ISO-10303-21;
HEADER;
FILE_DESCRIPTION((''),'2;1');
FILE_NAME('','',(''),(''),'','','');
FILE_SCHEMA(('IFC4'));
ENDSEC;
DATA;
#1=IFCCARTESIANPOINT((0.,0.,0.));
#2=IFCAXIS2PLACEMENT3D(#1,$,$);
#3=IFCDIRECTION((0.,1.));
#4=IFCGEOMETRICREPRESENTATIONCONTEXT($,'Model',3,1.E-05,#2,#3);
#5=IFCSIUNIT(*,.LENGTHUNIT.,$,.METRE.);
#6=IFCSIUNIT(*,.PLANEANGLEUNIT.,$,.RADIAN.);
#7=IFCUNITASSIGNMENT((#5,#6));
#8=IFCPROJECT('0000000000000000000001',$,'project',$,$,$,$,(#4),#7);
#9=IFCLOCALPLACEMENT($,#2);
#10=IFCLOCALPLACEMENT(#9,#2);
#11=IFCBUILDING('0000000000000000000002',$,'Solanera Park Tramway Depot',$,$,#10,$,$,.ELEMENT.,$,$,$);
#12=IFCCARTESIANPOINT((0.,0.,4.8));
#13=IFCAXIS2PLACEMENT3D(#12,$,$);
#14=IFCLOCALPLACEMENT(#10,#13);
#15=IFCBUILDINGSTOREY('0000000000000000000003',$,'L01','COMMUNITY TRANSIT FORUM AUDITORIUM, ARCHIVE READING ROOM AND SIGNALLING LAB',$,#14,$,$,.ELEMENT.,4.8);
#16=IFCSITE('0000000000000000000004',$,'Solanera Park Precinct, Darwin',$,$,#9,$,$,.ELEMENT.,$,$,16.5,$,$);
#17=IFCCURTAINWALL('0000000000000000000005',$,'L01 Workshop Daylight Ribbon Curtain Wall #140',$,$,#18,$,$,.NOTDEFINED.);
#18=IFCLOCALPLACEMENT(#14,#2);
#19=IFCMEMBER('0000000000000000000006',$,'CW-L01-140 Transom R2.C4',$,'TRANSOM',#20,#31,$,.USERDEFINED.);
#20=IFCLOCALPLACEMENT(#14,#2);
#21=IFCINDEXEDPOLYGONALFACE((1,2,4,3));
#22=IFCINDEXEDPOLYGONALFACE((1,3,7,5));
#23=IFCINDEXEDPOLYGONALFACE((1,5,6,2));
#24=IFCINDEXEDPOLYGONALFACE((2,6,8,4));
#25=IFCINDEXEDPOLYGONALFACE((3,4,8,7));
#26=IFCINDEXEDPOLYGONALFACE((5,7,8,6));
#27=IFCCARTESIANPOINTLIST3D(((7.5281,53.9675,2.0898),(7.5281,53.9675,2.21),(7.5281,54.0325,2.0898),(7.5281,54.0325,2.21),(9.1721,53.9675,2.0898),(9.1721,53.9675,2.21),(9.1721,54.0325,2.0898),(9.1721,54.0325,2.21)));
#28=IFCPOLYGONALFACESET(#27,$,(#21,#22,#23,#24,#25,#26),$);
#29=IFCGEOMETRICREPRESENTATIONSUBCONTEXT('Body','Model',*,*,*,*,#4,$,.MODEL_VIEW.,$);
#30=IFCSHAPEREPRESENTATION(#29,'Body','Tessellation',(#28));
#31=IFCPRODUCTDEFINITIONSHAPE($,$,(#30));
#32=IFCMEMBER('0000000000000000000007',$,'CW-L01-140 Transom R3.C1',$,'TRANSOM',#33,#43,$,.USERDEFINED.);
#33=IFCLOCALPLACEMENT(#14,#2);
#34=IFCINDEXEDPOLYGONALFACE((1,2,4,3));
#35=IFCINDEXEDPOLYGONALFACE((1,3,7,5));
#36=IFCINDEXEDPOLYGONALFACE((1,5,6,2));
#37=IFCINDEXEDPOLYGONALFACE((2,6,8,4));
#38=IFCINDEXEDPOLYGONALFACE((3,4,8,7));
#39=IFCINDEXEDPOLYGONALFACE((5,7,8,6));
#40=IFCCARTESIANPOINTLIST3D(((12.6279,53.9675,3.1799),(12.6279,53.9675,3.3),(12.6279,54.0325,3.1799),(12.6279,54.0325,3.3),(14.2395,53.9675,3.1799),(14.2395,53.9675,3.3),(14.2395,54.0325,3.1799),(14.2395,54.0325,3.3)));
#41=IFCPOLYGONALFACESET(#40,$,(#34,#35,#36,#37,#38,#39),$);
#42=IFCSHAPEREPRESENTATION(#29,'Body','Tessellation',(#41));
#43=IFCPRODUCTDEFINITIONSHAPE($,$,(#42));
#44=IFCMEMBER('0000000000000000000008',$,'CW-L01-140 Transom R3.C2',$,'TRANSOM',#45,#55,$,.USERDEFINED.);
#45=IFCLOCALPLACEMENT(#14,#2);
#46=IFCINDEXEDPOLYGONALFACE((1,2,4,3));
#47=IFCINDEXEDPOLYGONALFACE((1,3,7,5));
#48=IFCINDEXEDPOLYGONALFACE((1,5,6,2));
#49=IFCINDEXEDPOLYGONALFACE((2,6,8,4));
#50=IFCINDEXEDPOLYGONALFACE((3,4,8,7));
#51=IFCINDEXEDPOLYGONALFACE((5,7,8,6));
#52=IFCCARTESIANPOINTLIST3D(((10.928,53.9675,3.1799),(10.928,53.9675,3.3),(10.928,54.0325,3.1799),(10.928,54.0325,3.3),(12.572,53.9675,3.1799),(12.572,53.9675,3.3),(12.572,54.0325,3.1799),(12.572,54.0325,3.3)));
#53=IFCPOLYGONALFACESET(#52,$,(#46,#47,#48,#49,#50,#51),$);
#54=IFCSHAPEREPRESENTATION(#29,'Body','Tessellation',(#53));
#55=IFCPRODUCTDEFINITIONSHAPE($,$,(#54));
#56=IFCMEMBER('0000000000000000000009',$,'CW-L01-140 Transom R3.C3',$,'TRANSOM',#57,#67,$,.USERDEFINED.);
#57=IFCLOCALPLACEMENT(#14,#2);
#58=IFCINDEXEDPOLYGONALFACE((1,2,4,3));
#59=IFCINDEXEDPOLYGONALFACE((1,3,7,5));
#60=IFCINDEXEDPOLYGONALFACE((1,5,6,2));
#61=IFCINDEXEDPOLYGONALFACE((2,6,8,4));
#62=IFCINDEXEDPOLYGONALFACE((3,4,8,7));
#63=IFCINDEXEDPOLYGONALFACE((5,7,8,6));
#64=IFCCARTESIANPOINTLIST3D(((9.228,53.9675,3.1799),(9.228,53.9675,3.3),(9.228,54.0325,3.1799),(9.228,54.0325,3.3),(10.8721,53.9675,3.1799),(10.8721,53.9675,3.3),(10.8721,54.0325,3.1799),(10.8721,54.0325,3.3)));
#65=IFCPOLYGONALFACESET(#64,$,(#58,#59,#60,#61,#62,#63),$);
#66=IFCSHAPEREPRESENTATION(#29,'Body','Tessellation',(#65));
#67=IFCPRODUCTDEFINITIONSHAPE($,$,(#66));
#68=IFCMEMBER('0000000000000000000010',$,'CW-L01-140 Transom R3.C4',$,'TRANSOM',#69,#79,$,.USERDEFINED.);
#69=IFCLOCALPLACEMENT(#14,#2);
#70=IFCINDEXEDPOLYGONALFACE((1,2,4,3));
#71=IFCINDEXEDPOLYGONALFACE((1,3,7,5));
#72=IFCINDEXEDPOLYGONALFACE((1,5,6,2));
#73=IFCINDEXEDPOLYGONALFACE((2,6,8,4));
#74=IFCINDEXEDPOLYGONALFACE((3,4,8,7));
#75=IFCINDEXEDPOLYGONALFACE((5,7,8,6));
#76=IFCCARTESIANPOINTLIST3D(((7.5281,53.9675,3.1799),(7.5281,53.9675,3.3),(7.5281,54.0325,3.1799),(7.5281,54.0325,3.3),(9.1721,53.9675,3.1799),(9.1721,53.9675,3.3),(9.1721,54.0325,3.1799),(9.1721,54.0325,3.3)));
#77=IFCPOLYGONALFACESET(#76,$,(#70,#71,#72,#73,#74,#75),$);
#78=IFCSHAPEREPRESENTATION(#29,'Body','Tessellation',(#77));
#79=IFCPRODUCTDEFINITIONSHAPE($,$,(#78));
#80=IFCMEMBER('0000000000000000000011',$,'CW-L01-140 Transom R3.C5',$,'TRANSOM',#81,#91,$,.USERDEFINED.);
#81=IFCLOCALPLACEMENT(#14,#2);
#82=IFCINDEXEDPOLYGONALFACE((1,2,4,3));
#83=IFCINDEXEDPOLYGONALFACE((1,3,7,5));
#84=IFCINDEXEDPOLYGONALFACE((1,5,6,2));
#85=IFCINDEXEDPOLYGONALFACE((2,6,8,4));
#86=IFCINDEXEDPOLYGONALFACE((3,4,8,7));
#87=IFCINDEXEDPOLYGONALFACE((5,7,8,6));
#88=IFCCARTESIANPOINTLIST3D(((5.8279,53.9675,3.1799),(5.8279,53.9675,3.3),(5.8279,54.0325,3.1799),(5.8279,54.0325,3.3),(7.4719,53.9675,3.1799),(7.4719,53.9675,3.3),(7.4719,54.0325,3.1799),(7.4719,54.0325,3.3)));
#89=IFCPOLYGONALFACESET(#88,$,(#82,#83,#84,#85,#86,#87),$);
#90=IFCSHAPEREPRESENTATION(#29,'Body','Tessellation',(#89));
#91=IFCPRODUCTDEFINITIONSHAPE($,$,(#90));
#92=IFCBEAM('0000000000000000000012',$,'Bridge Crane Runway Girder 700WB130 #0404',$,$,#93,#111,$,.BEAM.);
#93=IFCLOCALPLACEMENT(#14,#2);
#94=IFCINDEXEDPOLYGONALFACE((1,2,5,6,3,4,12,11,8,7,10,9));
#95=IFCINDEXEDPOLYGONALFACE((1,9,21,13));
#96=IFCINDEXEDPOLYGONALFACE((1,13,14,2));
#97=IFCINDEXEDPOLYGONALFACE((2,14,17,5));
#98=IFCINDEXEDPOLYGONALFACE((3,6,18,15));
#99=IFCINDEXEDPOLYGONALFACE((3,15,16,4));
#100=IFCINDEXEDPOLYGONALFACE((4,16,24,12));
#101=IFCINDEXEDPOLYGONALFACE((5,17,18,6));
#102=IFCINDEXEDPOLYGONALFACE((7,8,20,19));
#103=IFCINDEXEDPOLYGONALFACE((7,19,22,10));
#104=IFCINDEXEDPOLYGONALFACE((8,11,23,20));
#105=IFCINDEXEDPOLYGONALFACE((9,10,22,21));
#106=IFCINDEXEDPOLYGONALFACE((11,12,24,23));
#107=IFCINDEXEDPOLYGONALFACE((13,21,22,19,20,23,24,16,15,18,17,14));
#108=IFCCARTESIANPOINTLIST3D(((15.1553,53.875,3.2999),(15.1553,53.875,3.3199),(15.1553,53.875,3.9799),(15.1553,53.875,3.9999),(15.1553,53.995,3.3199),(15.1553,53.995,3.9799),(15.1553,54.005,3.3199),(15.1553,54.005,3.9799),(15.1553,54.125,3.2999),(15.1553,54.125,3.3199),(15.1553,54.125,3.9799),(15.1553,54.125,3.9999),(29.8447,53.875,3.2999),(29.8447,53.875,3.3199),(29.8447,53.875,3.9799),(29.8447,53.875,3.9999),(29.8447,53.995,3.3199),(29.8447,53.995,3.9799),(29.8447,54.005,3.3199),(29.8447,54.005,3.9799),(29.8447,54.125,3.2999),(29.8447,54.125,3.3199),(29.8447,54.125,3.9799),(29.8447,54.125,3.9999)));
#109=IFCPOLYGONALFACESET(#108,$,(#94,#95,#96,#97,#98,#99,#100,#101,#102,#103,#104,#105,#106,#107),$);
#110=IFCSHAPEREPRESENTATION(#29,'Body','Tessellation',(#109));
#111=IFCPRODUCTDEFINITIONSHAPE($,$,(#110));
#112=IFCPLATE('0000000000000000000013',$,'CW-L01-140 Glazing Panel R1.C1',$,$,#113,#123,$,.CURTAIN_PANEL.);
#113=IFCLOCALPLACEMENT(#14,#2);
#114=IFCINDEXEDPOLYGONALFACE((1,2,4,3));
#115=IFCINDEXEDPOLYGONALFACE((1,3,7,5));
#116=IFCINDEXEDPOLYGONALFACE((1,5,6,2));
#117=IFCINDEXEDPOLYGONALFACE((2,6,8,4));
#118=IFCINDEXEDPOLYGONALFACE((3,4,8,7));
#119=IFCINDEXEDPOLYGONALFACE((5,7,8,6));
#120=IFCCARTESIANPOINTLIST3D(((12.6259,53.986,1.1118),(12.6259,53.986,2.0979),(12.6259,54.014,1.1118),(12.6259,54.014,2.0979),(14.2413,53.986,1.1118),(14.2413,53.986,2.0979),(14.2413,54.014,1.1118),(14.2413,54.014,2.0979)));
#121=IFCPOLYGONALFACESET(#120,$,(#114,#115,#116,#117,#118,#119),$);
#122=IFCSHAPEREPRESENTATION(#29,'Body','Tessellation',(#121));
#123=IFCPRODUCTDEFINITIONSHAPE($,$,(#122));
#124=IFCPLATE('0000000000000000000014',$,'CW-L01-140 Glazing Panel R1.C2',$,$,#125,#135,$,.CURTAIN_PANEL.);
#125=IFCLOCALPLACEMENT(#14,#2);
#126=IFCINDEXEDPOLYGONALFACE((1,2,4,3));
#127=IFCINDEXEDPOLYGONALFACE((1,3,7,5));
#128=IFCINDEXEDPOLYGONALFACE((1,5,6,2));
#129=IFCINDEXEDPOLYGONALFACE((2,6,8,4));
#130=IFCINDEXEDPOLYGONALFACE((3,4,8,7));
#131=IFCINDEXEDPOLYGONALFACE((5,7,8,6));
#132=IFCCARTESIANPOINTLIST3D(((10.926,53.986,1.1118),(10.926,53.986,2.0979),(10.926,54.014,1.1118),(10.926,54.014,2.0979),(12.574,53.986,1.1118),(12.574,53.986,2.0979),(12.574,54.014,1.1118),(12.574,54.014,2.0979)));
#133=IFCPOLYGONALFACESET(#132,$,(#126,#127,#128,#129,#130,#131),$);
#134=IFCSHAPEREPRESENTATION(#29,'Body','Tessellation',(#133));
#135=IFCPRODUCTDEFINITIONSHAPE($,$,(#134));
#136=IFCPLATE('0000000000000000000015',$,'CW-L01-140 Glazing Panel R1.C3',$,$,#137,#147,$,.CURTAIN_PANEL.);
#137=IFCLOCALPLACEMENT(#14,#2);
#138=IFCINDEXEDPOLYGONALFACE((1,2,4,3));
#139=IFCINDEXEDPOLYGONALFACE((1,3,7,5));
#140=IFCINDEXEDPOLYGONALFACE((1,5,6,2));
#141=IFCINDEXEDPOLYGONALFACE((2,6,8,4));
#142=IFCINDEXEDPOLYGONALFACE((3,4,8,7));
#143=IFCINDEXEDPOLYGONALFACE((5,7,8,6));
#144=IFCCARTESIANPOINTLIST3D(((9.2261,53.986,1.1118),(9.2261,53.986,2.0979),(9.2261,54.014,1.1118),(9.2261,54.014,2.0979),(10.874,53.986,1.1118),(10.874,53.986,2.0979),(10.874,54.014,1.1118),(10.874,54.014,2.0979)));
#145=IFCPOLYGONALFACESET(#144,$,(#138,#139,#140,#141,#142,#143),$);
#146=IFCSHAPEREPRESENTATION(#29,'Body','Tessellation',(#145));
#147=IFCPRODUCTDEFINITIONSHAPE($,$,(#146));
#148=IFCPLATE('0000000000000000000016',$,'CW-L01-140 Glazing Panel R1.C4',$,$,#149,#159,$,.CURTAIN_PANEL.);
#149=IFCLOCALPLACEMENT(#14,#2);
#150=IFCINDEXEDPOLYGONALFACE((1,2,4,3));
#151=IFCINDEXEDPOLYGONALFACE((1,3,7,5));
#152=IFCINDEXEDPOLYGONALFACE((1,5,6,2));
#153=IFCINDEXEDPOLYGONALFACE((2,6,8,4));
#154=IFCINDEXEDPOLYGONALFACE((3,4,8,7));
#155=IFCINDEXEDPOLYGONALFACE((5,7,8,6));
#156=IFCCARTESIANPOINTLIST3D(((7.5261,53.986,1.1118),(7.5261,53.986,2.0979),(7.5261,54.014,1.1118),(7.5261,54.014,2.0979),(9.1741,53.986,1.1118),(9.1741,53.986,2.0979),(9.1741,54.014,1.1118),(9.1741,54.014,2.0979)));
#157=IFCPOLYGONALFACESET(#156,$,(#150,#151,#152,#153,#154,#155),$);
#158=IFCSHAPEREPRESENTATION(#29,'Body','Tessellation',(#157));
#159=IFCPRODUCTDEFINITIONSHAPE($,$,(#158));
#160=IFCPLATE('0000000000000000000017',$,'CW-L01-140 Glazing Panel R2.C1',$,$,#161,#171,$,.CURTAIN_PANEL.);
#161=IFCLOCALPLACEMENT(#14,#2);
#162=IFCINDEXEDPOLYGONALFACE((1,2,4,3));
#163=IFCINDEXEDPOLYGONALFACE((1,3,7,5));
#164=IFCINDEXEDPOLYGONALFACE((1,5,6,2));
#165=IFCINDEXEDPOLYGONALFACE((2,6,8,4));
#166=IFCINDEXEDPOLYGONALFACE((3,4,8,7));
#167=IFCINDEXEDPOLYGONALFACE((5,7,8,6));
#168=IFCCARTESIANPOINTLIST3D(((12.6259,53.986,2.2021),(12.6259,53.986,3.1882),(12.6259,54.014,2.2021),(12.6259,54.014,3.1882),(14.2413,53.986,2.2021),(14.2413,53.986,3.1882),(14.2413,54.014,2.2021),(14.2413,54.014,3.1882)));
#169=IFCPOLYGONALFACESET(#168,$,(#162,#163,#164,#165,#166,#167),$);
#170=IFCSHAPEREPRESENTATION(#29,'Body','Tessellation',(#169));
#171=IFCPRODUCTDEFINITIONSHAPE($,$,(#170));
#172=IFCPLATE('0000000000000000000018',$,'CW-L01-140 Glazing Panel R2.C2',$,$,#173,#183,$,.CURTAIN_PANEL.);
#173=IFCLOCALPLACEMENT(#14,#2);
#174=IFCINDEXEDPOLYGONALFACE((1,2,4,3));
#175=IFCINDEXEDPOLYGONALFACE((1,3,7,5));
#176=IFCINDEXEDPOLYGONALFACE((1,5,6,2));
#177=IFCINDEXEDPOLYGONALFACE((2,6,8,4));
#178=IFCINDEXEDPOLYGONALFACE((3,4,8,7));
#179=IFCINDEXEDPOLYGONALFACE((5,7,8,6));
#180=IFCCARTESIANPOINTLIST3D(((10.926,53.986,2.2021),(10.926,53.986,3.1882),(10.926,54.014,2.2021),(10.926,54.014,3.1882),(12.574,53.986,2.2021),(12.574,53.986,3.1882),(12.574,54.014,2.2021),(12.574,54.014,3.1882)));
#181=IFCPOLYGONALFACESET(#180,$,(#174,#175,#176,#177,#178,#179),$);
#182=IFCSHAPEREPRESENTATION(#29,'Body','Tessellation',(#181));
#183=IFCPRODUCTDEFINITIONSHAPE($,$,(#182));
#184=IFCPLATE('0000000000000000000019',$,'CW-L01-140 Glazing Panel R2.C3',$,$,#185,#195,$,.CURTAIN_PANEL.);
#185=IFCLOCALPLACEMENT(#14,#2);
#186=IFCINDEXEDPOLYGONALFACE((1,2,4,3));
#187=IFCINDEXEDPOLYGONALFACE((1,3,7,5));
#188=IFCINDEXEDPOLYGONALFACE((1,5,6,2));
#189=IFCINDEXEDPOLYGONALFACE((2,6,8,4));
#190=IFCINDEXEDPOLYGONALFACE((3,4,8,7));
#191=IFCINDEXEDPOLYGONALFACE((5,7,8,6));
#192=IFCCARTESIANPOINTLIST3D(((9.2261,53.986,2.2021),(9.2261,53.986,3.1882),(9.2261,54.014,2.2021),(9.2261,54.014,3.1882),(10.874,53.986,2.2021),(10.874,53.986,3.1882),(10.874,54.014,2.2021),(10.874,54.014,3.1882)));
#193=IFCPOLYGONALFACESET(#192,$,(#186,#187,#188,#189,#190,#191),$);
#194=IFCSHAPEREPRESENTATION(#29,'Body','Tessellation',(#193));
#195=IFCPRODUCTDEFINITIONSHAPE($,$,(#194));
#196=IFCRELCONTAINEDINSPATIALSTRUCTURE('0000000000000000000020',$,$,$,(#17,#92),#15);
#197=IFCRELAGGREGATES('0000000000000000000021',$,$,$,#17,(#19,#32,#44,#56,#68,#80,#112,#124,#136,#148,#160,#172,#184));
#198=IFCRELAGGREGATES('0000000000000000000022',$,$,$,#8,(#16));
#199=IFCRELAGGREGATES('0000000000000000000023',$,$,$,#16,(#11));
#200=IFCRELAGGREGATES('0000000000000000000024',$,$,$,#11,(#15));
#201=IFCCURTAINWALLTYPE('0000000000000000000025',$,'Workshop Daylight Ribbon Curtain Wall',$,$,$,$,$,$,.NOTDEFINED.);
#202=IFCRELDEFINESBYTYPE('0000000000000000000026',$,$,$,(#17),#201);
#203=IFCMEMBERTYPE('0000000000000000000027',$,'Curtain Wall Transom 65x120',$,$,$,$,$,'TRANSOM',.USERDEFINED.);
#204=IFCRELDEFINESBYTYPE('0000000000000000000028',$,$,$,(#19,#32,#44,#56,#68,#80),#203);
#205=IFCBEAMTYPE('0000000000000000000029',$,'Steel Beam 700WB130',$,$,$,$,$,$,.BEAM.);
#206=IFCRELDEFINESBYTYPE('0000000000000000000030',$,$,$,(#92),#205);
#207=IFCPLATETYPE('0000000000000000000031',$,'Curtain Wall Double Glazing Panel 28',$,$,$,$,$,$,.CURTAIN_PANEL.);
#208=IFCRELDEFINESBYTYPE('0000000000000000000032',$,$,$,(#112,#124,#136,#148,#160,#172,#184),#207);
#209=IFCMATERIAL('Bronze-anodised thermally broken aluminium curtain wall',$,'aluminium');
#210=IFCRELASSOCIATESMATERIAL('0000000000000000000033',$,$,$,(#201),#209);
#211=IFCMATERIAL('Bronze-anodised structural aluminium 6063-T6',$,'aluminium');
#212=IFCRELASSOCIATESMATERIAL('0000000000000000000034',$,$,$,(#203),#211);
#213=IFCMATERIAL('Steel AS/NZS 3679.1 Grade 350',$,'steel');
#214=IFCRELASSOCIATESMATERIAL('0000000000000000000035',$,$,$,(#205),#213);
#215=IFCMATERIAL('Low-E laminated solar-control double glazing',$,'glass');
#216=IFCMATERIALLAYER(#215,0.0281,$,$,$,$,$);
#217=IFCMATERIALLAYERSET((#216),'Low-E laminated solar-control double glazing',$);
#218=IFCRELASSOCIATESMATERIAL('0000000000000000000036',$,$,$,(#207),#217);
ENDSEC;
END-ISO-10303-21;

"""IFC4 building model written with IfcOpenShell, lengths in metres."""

from ifc_helpers import new_model, si_unit, direction, frame, origin, origin_2d, place, context, subcontext, project, spatial, rectangle, i_section, extrude, material, layer, layer_set, material_profile, profile_set, type_object, element, aggregate, save


model = new_model("IFC4")

# Units and contexts
model_context = context("Model", 3, precision=1e-05, world=origin(), true_north=direction((0.0, 1.0)))
body_context = subcontext(model_context, "Body", "Model", "MODEL_VIEW")
ifc_project = project(units=[si_unit("LENGTHUNIT", "METRE"), si_unit("PLANEANGLEUNIT", "RADIAN")], contexts=[model_context])

# Site, building, storey
site_placement = place(None, origin())
site = spatial("IfcSite", under=ifc_project, at=site_placement, Name="Solanera Park Precinct, Darwin", CompositionType="ELEMENT", RefElevation=16.5)
building_placement = place(site_placement, origin())
building = spatial("IfcBuilding", under=site, at=building_placement, Name="Solanera Park Tramway Depot", CompositionType="ELEMENT")
storey_placement = place(building_placement, frame((0.0, 0.0, 4.8)))
storey = spatial("IfcBuildingStorey", under=building, at=storey_placement, Name="L01", Description="COMMUNITY TRANSIT FORUM AUDITORIUM, ARCHIVE READING ROOM AND SIGNALLING LAB", CompositionType="ELEMENT", Elevation=4.8)

# Curtain wall
ifc_material_1 = material(Name="Bronze-anodised thermally broken aluminium curtain wall", Category="aluminium")
curtain_wall_type = type_object("IfcCurtainWallType", Name="Workshop Daylight Ribbon Curtain Wall", PredefinedType="NOTDEFINED", material=ifc_material_1)
curtain_wall_1_placement = place(storey_placement, origin())
curtain_wall_1 = element("IfcCurtainWall", 1, at=curtain_wall_1_placement, inside=storey, type_object=curtain_wall_type, Name="L01 Workshop Daylight Ribbon Curtain Wall #140", PredefinedType="NOTDEFINED")

# Members
ifc_material_2 = material(Name="Bronze-anodised structural aluminium 6063-T6", Category="aluminium")
ifc_material_profile_1 = material_profile(ifc_material_2, rectangle(XDim=0.0649, YDim=0.1201, at=origin_2d()), Name="Curtain Wall Transom 65x120")
ifc_profile_set_1 = profile_set([ifc_material_profile_1], Name="Bronze-anodised structural aluminium 6063-T6")
member_type_1 = type_object("IfcMemberType", Name="Curtain Wall Transom 65x120", ElementType="TRANSOM", PredefinedType="USERDEFINED", material=ifc_profile_set_1)
member_1_placement = place(storey_placement, frame((9.1721, 54.0, 2.1499), z_axis=(-1.0, 0.0, 0.0), x_axis=(0.0, -1.0, 0.0)))
member_1 = element("IfcMember", 2, at=member_1_placement, type_object=member_type_1, Name="CW-L01-140 Transom R2.C4", ObjectType="TRANSOM", PredefinedType="USERDEFINED", context=body_context, shape_type="SweptSolid", body=[
    extrude(rectangle(XDim=0.0649, YDim=0.1201, at=origin_2d()), origin(), (0.0, 0.0, 1.0), 1.644),
])
member_2_placement = place(storey_placement, frame((14.2395, 54.0, 3.24), z_axis=(-1.0, 0.0, 0.0), x_axis=(0.0, -1.0, 0.0)))
member_2 = element("IfcMember", 3, at=member_2_placement, type_object=member_type_1, Name="CW-L01-140 Transom R3.C1", ObjectType="TRANSOM", PredefinedType="USERDEFINED", context=body_context, shape_type="SweptSolid", body=[
    extrude(rectangle(XDim=0.0649, YDim=0.1201, at=origin_2d()), origin(), (0.0, 0.0, 1.0), 1.6116),
])
member_3_placement = place(storey_placement, frame((12.572, 54.0, 3.24), z_axis=(-1.0, 0.0, 0.0), x_axis=(0.0, -1.0, 0.0)))
member_3 = element("IfcMember", 4, at=member_3_placement, type_object=member_type_1, Name="CW-L01-140 Transom R3.C2", ObjectType="TRANSOM", PredefinedType="USERDEFINED", context=body_context, shape_type="SweptSolid", body=[
    extrude(rectangle(XDim=0.0649, YDim=0.1201, at=origin_2d()), origin(), (0.0, 0.0, 1.0), 1.644),
])
member_4_placement = place(storey_placement, frame((10.8721, 54.0, 3.24), z_axis=(-1.0, 0.0, 0.0), x_axis=(0.0, -1.0, 0.0)))
member_4 = element("IfcMember", 5, at=member_4_placement, type_object=member_type_1, Name="CW-L01-140 Transom R3.C3", ObjectType="TRANSOM", PredefinedType="USERDEFINED", context=body_context, shape_type="SweptSolid", body=[
    extrude(rectangle(XDim=0.0649, YDim=0.1201, at=origin_2d()), origin(), (0.0, 0.0, 1.0), 1.644),
])
member_5_placement = place(storey_placement, frame((9.1721, 54.0, 3.24), z_axis=(-1.0, 0.0, 0.0), x_axis=(0.0, -1.0, 0.0)))
member_5 = element("IfcMember", 6, at=member_5_placement, type_object=member_type_1, Name="CW-L01-140 Transom R3.C4", ObjectType="TRANSOM", PredefinedType="USERDEFINED", context=body_context, shape_type="SweptSolid", body=[
    extrude(rectangle(XDim=0.0649, YDim=0.1201, at=origin_2d()), origin(), (0.0, 0.0, 1.0), 1.644),
])
member_6_placement = place(storey_placement, frame((7.4719, 54.0, 3.24), z_axis=(-1.0, 0.0, 0.0), x_axis=(0.0, -1.0, 0.0)))
member_6 = element("IfcMember", 7, at=member_6_placement, type_object=member_type_1, Name="CW-L01-140 Transom R3.C5", ObjectType="TRANSOM", PredefinedType="USERDEFINED", context=body_context, shape_type="SweptSolid", body=[
    extrude(rectangle(XDim=0.0649, YDim=0.1201, at=origin_2d()), origin(), (0.0, 0.0, 1.0), 1.644),
])

# Beam
ifc_material_3 = material(Name="Steel AS/NZS 3679.1 Grade 350", Category="steel")
ifc_material_profile_2 = material_profile(ifc_material_3, i_section(OverallWidth=0.25, OverallDepth=0.7, WebThickness=0.01, FlangeThickness=0.02, at=origin_2d()), Name="700WB130")
ifc_profile_set_2 = profile_set([ifc_material_profile_2], Name="Steel AS/NZS 3679.1 Grade 350")
beam_type = type_object("IfcBeamType", Name="Steel Beam 700WB130", PredefinedType="BEAM", material=ifc_profile_set_2)
beam_placement = place(storey_placement, frame((15.1553, 54.0, 3.6499), z_axis=(1.0, 0.0, 0.0), x_axis=(0.0, 1.0, 0.0)))
element("IfcBeam", 8, at=beam_placement, inside=storey, type_object=beam_type, Name="Bridge Crane Runway Girder 700WB130 #0404", PredefinedType="BEAM", context=body_context, shape_type="SweptSolid", body=[
    extrude(i_section(OverallWidth=0.25, OverallDepth=0.7, WebThickness=0.01, FlangeThickness=0.02, at=origin_2d()), origin(), (0.0, 0.0, 1.0), 14.6895),
])

# Plates
ifc_material_4 = material(Name="Low-E laminated solar-control double glazing", Category="glass")
ifc_layer = layer(ifc_material_4, 0.0281)
ifc_layer_set = layer_set([ifc_layer], Name="Low-E laminated solar-control double glazing")
plate_type = type_object("IfcPlateType", Name="Curtain Wall Double Glazing Panel 28", PredefinedType="CURTAIN_PANEL", material=ifc_layer_set)
plate_1_placement = place(storey_placement, frame((13.4336, 54.0, 1.1118), z_axis=(0.0, 0.0, 1.0), x_axis=(-1.0, 0.0, 0.0)))
plate_1 = element("IfcPlate", 9, at=plate_1_placement, type_object=plate_type, Name="CW-L01-140 Glazing Panel R1.C1", PredefinedType="CURTAIN_PANEL", context=body_context, shape_type="SweptSolid", body=[
    extrude(rectangle(XDim=1.6155, YDim=0.0281, at=origin_2d()), origin(), (0.0, 0.0, 1.0), 0.9861),
])
plate_2_placement = place(storey_placement, frame((11.75, 54.0, 1.1118), z_axis=(0.0, 0.0, 1.0), x_axis=(-1.0, 0.0, 0.0)))
plate_2 = element("IfcPlate", 10, at=plate_2_placement, type_object=plate_type, Name="CW-L01-140 Glazing Panel R1.C2", PredefinedType="CURTAIN_PANEL", context=body_context, shape_type="SweptSolid", body=[
    extrude(rectangle(XDim=1.6479, YDim=0.0281, at=origin_2d()), origin(), (0.0, 0.0, 1.0), 0.9861),
])
plate_3_placement = place(storey_placement, frame((10.05, 54.0, 1.1118), z_axis=(0.0, 0.0, 1.0), x_axis=(-1.0, 0.0, 0.0)))
plate_3 = element("IfcPlate", 11, at=plate_3_placement, type_object=plate_type, Name="CW-L01-140 Glazing Panel R1.C3", PredefinedType="CURTAIN_PANEL", context=body_context, shape_type="SweptSolid", body=[
    extrude(rectangle(XDim=1.6479, YDim=0.0281, at=origin_2d()), origin(), (0.0, 0.0, 1.0), 0.9861),
])
plate_4_placement = place(storey_placement, frame((8.3501, 54.0, 1.1118), z_axis=(0.0, 0.0, 1.0), x_axis=(-1.0, 0.0, 0.0)))
plate_4 = element("IfcPlate", 12, at=plate_4_placement, type_object=plate_type, Name="CW-L01-140 Glazing Panel R1.C4", PredefinedType="CURTAIN_PANEL", context=body_context, shape_type="SweptSolid", body=[
    extrude(rectangle(XDim=1.6479, YDim=0.0281, at=origin_2d()), origin(), (0.0, 0.0, 1.0), 0.9861),
])
plate_5_placement = place(storey_placement, frame((13.4336, 54.0, 2.2021), z_axis=(0.0, 0.0, 1.0), x_axis=(-1.0, 0.0, 0.0)))
plate_5 = element("IfcPlate", 13, at=plate_5_placement, type_object=plate_type, Name="CW-L01-140 Glazing Panel R2.C1", PredefinedType="CURTAIN_PANEL", context=body_context, shape_type="SweptSolid", body=[
    extrude(rectangle(XDim=1.6155, YDim=0.0281, at=origin_2d()), origin(), (0.0, 0.0, 1.0), 0.9861),
])
plate_6_placement = place(storey_placement, frame((11.75, 54.0, 2.2021), z_axis=(0.0, 0.0, 1.0), x_axis=(-1.0, 0.0, 0.0)))
plate_6 = element("IfcPlate", 14, at=plate_6_placement, type_object=plate_type, Name="CW-L01-140 Glazing Panel R2.C2", PredefinedType="CURTAIN_PANEL", context=body_context, shape_type="SweptSolid", body=[
    extrude(rectangle(XDim=1.6479, YDim=0.0281, at=origin_2d()), origin(), (0.0, 0.0, 1.0), 0.9861),
])
plate_7_placement = place(storey_placement, frame((10.05, 54.0, 2.2021), z_axis=(0.0, 0.0, 1.0), x_axis=(-1.0, 0.0, 0.0)))
plate_7 = element("IfcPlate", 15, at=plate_7_placement, type_object=plate_type, Name="CW-L01-140 Glazing Panel R2.C3", PredefinedType="CURTAIN_PANEL", context=body_context, shape_type="SweptSolid", body=[
    extrude(rectangle(XDim=1.6479, YDim=0.0281, at=origin_2d()), origin(), (0.0, 0.0, 1.0), 0.9861),
])
aggregate(curtain_wall_1, [member_1, member_2, member_3, member_4, member_5, member_6, plate_1, plate_2, plate_3, plate_4, plate_5, plate_6, plate_7])

save(model, "model.ifc")
